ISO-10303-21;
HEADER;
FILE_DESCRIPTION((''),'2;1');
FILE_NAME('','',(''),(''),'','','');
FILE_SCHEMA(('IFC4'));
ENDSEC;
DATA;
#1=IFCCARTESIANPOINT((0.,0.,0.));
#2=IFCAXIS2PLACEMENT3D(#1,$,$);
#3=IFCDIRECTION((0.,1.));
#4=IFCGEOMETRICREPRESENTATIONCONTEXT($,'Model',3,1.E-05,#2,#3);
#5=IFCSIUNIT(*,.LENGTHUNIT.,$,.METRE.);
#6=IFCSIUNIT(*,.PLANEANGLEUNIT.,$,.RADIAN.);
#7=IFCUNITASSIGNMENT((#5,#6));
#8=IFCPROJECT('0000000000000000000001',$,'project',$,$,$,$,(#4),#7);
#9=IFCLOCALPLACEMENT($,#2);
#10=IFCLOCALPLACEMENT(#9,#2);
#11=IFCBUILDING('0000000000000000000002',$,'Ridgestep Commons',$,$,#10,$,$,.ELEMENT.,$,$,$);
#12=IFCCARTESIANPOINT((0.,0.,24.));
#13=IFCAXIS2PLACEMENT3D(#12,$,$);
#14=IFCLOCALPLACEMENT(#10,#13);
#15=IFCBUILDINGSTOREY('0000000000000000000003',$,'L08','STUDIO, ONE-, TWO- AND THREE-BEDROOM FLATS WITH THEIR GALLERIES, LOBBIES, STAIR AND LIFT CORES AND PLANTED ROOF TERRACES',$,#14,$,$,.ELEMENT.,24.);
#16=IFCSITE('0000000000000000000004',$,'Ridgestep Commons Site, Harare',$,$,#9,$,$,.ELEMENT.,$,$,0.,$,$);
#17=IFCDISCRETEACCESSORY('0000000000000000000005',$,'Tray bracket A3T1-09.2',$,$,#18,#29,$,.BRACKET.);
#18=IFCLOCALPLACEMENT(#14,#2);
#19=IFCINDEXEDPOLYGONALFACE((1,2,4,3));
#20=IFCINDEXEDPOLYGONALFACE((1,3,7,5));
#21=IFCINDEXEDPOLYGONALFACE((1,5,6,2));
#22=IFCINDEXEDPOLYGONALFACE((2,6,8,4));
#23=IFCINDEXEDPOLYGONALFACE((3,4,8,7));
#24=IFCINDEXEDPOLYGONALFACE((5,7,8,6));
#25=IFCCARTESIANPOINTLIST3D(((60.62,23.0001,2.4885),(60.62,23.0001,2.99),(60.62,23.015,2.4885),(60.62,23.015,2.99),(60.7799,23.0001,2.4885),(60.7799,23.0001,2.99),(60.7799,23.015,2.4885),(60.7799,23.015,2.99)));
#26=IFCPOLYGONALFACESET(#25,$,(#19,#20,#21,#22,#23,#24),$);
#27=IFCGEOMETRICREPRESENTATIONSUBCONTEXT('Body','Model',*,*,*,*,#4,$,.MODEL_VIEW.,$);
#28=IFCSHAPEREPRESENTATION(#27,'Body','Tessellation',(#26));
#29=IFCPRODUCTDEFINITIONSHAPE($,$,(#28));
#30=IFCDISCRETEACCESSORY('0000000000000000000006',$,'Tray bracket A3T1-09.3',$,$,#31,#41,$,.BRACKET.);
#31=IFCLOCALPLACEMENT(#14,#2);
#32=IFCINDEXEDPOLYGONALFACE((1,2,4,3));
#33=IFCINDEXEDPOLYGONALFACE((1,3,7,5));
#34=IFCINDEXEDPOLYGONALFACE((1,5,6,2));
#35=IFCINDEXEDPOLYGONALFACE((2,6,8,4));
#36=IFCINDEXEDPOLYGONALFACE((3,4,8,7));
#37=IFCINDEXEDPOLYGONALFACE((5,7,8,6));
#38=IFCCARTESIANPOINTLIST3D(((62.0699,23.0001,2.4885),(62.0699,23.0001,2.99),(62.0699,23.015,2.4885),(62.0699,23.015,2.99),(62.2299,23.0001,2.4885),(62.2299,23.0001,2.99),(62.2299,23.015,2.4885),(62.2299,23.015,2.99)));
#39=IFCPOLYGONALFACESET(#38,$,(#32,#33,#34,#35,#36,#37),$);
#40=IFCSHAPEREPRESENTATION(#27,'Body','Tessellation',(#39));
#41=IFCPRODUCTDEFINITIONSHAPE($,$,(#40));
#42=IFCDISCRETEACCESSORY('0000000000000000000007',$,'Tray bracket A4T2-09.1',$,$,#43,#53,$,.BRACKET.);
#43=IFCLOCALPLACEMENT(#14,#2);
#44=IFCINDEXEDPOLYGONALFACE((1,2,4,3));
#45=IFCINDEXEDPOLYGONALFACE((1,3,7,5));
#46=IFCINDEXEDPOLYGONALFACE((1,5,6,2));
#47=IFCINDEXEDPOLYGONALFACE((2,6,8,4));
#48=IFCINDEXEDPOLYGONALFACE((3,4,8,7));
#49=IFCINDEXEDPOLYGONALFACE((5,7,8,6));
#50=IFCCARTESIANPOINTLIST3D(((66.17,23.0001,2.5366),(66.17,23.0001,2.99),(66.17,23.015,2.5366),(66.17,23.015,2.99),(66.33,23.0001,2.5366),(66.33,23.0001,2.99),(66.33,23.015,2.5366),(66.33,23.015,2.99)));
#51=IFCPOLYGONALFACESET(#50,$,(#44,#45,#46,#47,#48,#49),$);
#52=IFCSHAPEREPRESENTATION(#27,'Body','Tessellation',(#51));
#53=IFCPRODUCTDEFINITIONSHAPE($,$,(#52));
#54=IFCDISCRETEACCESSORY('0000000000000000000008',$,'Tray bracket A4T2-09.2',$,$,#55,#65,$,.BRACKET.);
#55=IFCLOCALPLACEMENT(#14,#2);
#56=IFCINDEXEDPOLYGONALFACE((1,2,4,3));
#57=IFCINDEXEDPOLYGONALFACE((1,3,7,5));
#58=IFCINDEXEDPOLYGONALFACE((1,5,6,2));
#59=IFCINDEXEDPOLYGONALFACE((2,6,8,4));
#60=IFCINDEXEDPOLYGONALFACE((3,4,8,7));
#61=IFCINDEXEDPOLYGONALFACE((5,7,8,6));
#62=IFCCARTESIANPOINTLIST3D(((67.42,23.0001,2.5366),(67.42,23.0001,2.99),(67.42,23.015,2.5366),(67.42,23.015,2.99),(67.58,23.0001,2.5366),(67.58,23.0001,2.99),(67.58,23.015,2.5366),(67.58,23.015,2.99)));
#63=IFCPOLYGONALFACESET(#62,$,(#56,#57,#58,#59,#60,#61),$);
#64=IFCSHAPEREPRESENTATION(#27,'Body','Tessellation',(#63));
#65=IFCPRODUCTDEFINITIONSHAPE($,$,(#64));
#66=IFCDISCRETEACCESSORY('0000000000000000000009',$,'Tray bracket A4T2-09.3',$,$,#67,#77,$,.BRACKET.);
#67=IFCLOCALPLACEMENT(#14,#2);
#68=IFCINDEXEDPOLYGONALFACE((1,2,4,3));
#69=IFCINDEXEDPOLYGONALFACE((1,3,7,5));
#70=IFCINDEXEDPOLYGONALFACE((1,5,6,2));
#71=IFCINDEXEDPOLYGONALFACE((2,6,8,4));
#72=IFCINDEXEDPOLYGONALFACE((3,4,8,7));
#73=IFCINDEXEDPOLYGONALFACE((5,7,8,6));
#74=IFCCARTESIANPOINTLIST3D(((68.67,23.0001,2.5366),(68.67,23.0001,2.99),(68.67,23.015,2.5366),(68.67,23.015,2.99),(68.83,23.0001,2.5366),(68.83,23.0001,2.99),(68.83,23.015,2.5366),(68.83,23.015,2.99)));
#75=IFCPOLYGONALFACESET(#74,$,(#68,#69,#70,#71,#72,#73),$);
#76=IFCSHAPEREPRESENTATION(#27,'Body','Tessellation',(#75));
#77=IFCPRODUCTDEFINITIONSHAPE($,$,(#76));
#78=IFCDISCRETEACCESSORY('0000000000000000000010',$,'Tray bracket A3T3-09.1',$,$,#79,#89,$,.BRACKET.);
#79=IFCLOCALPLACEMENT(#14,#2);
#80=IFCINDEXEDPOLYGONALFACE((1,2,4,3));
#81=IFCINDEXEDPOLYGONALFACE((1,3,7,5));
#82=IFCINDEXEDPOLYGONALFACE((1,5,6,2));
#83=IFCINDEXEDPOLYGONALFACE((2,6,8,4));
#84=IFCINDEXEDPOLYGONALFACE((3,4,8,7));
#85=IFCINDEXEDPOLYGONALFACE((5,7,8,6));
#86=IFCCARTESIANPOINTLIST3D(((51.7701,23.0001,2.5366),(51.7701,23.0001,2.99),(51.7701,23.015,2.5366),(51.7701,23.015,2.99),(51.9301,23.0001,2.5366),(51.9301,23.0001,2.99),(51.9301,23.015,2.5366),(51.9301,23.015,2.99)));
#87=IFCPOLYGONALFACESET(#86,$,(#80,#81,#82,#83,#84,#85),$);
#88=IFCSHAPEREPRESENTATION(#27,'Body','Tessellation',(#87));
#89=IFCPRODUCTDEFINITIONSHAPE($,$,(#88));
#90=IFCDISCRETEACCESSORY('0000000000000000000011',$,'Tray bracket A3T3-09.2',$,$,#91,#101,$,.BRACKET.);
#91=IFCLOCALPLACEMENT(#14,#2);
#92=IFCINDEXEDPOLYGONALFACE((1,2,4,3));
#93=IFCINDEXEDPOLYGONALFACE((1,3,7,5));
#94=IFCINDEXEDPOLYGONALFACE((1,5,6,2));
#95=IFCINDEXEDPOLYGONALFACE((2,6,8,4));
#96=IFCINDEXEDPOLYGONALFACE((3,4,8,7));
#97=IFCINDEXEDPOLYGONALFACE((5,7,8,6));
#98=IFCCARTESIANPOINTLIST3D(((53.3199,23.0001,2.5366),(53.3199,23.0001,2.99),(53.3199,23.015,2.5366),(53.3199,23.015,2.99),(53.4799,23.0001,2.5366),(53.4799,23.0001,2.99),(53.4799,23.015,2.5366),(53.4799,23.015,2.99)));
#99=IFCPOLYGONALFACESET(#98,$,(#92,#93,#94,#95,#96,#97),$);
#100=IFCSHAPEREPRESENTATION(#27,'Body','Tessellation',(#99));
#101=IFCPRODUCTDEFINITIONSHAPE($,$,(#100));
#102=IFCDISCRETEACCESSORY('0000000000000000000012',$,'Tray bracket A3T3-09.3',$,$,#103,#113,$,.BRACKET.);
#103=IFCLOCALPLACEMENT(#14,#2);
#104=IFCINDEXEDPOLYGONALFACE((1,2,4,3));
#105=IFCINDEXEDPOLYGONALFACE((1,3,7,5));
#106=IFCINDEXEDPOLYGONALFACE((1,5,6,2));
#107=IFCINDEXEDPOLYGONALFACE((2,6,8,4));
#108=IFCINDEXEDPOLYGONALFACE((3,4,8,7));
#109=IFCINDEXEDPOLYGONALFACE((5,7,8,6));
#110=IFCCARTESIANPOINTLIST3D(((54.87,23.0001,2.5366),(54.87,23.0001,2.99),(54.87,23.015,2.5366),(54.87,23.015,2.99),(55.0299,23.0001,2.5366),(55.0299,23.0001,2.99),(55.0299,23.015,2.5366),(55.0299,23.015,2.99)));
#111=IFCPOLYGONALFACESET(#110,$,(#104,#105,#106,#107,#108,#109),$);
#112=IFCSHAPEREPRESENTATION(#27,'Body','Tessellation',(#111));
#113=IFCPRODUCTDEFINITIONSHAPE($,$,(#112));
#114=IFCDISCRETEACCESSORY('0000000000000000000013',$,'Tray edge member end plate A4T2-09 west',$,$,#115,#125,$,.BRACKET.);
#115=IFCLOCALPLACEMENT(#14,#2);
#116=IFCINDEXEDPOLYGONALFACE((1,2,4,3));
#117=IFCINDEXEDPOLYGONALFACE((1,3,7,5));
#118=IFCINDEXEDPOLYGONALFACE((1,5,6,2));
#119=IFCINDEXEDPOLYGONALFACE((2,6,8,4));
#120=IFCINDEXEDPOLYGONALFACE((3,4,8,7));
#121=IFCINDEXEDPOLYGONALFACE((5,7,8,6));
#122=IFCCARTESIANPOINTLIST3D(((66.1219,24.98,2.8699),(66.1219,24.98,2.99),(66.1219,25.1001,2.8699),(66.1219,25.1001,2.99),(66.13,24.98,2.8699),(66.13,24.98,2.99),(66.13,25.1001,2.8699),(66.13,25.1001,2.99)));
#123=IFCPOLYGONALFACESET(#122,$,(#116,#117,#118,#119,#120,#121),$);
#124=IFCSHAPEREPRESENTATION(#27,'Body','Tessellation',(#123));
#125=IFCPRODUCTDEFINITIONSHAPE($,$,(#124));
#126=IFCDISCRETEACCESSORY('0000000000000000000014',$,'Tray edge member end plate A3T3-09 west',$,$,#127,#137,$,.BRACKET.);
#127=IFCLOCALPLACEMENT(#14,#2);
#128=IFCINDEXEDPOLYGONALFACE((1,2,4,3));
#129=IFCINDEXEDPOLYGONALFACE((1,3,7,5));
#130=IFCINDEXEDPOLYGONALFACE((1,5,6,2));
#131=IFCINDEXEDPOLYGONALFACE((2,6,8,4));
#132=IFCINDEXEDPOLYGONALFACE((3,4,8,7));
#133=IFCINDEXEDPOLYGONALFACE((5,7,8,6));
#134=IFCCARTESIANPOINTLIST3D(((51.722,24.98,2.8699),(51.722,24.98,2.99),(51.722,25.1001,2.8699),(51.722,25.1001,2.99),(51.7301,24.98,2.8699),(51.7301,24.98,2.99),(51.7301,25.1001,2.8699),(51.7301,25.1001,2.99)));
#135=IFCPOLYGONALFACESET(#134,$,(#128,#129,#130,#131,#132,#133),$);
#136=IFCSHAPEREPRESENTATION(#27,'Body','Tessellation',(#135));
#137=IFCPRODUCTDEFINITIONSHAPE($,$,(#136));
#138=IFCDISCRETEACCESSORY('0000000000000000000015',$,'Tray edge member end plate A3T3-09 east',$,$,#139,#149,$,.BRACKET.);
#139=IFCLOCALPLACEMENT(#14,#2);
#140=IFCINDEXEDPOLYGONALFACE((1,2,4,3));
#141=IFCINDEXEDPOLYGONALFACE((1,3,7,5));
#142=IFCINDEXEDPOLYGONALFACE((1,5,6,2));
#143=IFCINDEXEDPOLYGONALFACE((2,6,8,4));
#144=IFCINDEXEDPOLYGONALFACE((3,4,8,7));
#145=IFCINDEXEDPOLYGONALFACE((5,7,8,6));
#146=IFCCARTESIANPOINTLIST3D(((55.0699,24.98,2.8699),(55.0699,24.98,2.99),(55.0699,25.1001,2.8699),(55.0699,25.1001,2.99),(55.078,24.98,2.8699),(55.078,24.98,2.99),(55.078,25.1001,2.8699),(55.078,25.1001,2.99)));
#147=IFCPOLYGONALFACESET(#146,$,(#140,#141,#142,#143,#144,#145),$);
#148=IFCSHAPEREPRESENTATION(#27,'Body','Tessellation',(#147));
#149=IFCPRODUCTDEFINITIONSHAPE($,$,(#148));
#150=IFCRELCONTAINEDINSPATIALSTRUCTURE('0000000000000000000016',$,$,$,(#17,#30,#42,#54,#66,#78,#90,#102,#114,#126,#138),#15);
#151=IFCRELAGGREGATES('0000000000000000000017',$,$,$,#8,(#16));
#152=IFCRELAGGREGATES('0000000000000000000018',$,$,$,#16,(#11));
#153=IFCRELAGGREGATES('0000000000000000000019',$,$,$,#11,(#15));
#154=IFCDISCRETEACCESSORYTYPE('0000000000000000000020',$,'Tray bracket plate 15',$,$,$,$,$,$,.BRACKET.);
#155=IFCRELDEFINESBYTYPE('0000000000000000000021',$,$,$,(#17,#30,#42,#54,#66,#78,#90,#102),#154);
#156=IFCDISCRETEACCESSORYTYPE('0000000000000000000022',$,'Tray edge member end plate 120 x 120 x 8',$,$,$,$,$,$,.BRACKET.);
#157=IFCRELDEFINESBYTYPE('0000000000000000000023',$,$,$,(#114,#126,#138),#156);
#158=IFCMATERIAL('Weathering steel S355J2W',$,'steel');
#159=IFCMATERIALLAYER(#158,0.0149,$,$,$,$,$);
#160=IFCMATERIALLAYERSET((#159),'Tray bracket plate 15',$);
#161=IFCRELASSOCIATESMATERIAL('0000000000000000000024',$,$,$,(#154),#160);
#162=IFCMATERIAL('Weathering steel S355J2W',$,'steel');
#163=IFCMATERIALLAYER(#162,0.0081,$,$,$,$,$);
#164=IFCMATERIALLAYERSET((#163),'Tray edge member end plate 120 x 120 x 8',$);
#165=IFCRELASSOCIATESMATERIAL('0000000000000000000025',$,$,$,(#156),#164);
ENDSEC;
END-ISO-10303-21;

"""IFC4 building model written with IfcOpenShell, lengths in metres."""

from ifc_helpers import new_model, si_unit, direction, frame, origin, origin_2d, place, context, subcontext, project, spatial, rectangle, extrude, material, layer, layer_set, type_object, element, save


model = new_model("IFC4")

# Units and contexts
model_context = context("Model", 3, precision=1e-05, world=origin(), true_north=direction((0.0, 1.0)))
body_context = subcontext(model_context, "Body", "Model", "MODEL_VIEW")
ifc_project = project(units=[si_unit("LENGTHUNIT", "METRE"), si_unit("PLANEANGLEUNIT", "RADIAN")], contexts=[model_context])

# Site, building, storey
site_placement = place(None, origin())
site = spatial("IfcSite", under=ifc_project, at=site_placement, Name="Ridgestep Commons Site, Harare", CompositionType="ELEMENT", RefElevation=0.0)
building_placement = place(site_placement, origin())
building = spatial("IfcBuilding", under=site, at=building_placement, Name="Ridgestep Commons", CompositionType="ELEMENT")
storey_placement = place(building_placement, frame((0.0, 0.0, 24.0)))
storey = spatial("IfcBuildingStorey", under=building, at=storey_placement, Name="L08", Description="STUDIO, ONE-, TWO- AND THREE-BEDROOM FLATS WITH THEIR GALLERIES, LOBBIES, STAIR AND LIFT CORES AND PLANTED ROOF TERRACES", CompositionType="ELEMENT", Elevation=24.0)

# Discrete accessories
ifc_material_1 = material(Name="Weathering steel S355J2W", Category="steel")
ifc_layer_1 = layer(ifc_material_1, 0.0149)
ifc_layer_set_1 = layer_set([ifc_layer_1], Name="Tray bracket plate 15")
discrete_accessory_type_1 = type_object("IfcDiscreteAccessoryType", Name="Tray bracket plate 15", PredefinedType="BRACKET", material=ifc_layer_set_1)
for number, where, z_axis, x_axis, name in (
    (1, (60.7, 23.0076, 2.4885), (0.0, 0.0, 1.0), (1.0, 0.0, 0.0), "Tray bracket A3T1-09.2"),
    (2, (62.1499, 23.0076, 2.4885), (0.0, 0.0, 1.0), (1.0, 0.0, 0.0), "Tray bracket A3T1-09.3"),
):
    element("IfcDiscreteAccessory", number, at=place(storey_placement, frame(where, z_axis=z_axis, x_axis=x_axis)), inside=storey, type_object=discrete_accessory_type_1, Name=name, PredefinedType="BRACKET", context=body_context, shape_type="SweptSolid", body=[
        extrude(rectangle(XDim=0.1599, YDim=0.0149, at=origin_2d()), origin(), (0.0, 0.0, 1.0), 0.5015),
    ])
for number, where, z_axis, x_axis, name in (
    (3, (66.25, 23.0076, 2.5366), (0.0, 0.0, 1.0), (1.0, 0.0, 0.0), "Tray bracket A4T2-09.1"),
    (4, (67.5, 23.0076, 2.5366), (0.0, 0.0, 1.0), (1.0, 0.0, 0.0), "Tray bracket A4T2-09.2"),
    (5, (68.75, 23.0076, 2.5366), (0.0, 0.0, 1.0), (1.0, 0.0, 0.0), "Tray bracket A4T2-09.3"),
    (6, (51.8501, 23.0076, 2.5366), (0.0, 0.0, 1.0), (1.0, 0.0, 0.0), "Tray bracket A3T3-09.1"),
    (7, (53.3999, 23.0076, 2.5366), (0.0, 0.0, 1.0), (1.0, 0.0, 0.0), "Tray bracket A3T3-09.2"),
    (8, (54.95, 23.0076, 2.5366), (0.0, 0.0, 1.0), (1.0, 0.0, 0.0), "Tray bracket A3T3-09.3"),
):
    element("IfcDiscreteAccessory", number, at=place(storey_placement, frame(where, z_axis=z_axis, x_axis=x_axis)), inside=storey, type_object=discrete_accessory_type_1, Name=name, PredefinedType="BRACKET", context=body_context, shape_type="SweptSolid", body=[
        extrude(rectangle(XDim=0.1599, YDim=0.0149, at=origin_2d()), origin(), (0.0, 0.0, 1.0), 0.4534),
    ])
ifc_material_2 = material(Name="Weathering steel S355J2W", Category="steel")
ifc_layer_2 = layer(ifc_material_2, 0.0081)
ifc_layer_set_2 = layer_set([ifc_layer_2], Name="Tray edge member end plate 120 x 120 x 8")
discrete_accessory_type_2 = type_object("IfcDiscreteAccessoryType", Name="Tray edge member end plate 120 x 120 x 8", PredefinedType="BRACKET", material=ifc_layer_set_2)
for number, where, z_axis, x_axis, name in (
    (9, (66.126, 25.04, 2.8699), (0.0, 0.0, 1.0), (1.0, 0.0, 0.0), "Tray edge member end plate A4T2-09 west"),
    (10, (51.7261, 25.04, 2.8699), (0.0, 0.0, 1.0), (1.0, 0.0, 0.0), "Tray edge member end plate A3T3-09 west"),
    (11, (55.074, 25.04, 2.8699), (0.0, 0.0, 1.0), (1.0, 0.0, 0.0), "Tray edge member end plate A3T3-09 east"),
):
    element("IfcDiscreteAccessory", number, at=place(storey_placement, frame(where, z_axis=z_axis, x_axis=x_axis)), inside=storey, type_object=discrete_accessory_type_2, Name=name, PredefinedType="BRACKET", context=body_context, shape_type="SweptSolid", body=[
        extrude(rectangle(XDim=0.0081, YDim=0.1201, at=origin_2d()), origin(), (0.0, 0.0, 1.0), 0.1201),
    ])

save(model, "model.ifc")
